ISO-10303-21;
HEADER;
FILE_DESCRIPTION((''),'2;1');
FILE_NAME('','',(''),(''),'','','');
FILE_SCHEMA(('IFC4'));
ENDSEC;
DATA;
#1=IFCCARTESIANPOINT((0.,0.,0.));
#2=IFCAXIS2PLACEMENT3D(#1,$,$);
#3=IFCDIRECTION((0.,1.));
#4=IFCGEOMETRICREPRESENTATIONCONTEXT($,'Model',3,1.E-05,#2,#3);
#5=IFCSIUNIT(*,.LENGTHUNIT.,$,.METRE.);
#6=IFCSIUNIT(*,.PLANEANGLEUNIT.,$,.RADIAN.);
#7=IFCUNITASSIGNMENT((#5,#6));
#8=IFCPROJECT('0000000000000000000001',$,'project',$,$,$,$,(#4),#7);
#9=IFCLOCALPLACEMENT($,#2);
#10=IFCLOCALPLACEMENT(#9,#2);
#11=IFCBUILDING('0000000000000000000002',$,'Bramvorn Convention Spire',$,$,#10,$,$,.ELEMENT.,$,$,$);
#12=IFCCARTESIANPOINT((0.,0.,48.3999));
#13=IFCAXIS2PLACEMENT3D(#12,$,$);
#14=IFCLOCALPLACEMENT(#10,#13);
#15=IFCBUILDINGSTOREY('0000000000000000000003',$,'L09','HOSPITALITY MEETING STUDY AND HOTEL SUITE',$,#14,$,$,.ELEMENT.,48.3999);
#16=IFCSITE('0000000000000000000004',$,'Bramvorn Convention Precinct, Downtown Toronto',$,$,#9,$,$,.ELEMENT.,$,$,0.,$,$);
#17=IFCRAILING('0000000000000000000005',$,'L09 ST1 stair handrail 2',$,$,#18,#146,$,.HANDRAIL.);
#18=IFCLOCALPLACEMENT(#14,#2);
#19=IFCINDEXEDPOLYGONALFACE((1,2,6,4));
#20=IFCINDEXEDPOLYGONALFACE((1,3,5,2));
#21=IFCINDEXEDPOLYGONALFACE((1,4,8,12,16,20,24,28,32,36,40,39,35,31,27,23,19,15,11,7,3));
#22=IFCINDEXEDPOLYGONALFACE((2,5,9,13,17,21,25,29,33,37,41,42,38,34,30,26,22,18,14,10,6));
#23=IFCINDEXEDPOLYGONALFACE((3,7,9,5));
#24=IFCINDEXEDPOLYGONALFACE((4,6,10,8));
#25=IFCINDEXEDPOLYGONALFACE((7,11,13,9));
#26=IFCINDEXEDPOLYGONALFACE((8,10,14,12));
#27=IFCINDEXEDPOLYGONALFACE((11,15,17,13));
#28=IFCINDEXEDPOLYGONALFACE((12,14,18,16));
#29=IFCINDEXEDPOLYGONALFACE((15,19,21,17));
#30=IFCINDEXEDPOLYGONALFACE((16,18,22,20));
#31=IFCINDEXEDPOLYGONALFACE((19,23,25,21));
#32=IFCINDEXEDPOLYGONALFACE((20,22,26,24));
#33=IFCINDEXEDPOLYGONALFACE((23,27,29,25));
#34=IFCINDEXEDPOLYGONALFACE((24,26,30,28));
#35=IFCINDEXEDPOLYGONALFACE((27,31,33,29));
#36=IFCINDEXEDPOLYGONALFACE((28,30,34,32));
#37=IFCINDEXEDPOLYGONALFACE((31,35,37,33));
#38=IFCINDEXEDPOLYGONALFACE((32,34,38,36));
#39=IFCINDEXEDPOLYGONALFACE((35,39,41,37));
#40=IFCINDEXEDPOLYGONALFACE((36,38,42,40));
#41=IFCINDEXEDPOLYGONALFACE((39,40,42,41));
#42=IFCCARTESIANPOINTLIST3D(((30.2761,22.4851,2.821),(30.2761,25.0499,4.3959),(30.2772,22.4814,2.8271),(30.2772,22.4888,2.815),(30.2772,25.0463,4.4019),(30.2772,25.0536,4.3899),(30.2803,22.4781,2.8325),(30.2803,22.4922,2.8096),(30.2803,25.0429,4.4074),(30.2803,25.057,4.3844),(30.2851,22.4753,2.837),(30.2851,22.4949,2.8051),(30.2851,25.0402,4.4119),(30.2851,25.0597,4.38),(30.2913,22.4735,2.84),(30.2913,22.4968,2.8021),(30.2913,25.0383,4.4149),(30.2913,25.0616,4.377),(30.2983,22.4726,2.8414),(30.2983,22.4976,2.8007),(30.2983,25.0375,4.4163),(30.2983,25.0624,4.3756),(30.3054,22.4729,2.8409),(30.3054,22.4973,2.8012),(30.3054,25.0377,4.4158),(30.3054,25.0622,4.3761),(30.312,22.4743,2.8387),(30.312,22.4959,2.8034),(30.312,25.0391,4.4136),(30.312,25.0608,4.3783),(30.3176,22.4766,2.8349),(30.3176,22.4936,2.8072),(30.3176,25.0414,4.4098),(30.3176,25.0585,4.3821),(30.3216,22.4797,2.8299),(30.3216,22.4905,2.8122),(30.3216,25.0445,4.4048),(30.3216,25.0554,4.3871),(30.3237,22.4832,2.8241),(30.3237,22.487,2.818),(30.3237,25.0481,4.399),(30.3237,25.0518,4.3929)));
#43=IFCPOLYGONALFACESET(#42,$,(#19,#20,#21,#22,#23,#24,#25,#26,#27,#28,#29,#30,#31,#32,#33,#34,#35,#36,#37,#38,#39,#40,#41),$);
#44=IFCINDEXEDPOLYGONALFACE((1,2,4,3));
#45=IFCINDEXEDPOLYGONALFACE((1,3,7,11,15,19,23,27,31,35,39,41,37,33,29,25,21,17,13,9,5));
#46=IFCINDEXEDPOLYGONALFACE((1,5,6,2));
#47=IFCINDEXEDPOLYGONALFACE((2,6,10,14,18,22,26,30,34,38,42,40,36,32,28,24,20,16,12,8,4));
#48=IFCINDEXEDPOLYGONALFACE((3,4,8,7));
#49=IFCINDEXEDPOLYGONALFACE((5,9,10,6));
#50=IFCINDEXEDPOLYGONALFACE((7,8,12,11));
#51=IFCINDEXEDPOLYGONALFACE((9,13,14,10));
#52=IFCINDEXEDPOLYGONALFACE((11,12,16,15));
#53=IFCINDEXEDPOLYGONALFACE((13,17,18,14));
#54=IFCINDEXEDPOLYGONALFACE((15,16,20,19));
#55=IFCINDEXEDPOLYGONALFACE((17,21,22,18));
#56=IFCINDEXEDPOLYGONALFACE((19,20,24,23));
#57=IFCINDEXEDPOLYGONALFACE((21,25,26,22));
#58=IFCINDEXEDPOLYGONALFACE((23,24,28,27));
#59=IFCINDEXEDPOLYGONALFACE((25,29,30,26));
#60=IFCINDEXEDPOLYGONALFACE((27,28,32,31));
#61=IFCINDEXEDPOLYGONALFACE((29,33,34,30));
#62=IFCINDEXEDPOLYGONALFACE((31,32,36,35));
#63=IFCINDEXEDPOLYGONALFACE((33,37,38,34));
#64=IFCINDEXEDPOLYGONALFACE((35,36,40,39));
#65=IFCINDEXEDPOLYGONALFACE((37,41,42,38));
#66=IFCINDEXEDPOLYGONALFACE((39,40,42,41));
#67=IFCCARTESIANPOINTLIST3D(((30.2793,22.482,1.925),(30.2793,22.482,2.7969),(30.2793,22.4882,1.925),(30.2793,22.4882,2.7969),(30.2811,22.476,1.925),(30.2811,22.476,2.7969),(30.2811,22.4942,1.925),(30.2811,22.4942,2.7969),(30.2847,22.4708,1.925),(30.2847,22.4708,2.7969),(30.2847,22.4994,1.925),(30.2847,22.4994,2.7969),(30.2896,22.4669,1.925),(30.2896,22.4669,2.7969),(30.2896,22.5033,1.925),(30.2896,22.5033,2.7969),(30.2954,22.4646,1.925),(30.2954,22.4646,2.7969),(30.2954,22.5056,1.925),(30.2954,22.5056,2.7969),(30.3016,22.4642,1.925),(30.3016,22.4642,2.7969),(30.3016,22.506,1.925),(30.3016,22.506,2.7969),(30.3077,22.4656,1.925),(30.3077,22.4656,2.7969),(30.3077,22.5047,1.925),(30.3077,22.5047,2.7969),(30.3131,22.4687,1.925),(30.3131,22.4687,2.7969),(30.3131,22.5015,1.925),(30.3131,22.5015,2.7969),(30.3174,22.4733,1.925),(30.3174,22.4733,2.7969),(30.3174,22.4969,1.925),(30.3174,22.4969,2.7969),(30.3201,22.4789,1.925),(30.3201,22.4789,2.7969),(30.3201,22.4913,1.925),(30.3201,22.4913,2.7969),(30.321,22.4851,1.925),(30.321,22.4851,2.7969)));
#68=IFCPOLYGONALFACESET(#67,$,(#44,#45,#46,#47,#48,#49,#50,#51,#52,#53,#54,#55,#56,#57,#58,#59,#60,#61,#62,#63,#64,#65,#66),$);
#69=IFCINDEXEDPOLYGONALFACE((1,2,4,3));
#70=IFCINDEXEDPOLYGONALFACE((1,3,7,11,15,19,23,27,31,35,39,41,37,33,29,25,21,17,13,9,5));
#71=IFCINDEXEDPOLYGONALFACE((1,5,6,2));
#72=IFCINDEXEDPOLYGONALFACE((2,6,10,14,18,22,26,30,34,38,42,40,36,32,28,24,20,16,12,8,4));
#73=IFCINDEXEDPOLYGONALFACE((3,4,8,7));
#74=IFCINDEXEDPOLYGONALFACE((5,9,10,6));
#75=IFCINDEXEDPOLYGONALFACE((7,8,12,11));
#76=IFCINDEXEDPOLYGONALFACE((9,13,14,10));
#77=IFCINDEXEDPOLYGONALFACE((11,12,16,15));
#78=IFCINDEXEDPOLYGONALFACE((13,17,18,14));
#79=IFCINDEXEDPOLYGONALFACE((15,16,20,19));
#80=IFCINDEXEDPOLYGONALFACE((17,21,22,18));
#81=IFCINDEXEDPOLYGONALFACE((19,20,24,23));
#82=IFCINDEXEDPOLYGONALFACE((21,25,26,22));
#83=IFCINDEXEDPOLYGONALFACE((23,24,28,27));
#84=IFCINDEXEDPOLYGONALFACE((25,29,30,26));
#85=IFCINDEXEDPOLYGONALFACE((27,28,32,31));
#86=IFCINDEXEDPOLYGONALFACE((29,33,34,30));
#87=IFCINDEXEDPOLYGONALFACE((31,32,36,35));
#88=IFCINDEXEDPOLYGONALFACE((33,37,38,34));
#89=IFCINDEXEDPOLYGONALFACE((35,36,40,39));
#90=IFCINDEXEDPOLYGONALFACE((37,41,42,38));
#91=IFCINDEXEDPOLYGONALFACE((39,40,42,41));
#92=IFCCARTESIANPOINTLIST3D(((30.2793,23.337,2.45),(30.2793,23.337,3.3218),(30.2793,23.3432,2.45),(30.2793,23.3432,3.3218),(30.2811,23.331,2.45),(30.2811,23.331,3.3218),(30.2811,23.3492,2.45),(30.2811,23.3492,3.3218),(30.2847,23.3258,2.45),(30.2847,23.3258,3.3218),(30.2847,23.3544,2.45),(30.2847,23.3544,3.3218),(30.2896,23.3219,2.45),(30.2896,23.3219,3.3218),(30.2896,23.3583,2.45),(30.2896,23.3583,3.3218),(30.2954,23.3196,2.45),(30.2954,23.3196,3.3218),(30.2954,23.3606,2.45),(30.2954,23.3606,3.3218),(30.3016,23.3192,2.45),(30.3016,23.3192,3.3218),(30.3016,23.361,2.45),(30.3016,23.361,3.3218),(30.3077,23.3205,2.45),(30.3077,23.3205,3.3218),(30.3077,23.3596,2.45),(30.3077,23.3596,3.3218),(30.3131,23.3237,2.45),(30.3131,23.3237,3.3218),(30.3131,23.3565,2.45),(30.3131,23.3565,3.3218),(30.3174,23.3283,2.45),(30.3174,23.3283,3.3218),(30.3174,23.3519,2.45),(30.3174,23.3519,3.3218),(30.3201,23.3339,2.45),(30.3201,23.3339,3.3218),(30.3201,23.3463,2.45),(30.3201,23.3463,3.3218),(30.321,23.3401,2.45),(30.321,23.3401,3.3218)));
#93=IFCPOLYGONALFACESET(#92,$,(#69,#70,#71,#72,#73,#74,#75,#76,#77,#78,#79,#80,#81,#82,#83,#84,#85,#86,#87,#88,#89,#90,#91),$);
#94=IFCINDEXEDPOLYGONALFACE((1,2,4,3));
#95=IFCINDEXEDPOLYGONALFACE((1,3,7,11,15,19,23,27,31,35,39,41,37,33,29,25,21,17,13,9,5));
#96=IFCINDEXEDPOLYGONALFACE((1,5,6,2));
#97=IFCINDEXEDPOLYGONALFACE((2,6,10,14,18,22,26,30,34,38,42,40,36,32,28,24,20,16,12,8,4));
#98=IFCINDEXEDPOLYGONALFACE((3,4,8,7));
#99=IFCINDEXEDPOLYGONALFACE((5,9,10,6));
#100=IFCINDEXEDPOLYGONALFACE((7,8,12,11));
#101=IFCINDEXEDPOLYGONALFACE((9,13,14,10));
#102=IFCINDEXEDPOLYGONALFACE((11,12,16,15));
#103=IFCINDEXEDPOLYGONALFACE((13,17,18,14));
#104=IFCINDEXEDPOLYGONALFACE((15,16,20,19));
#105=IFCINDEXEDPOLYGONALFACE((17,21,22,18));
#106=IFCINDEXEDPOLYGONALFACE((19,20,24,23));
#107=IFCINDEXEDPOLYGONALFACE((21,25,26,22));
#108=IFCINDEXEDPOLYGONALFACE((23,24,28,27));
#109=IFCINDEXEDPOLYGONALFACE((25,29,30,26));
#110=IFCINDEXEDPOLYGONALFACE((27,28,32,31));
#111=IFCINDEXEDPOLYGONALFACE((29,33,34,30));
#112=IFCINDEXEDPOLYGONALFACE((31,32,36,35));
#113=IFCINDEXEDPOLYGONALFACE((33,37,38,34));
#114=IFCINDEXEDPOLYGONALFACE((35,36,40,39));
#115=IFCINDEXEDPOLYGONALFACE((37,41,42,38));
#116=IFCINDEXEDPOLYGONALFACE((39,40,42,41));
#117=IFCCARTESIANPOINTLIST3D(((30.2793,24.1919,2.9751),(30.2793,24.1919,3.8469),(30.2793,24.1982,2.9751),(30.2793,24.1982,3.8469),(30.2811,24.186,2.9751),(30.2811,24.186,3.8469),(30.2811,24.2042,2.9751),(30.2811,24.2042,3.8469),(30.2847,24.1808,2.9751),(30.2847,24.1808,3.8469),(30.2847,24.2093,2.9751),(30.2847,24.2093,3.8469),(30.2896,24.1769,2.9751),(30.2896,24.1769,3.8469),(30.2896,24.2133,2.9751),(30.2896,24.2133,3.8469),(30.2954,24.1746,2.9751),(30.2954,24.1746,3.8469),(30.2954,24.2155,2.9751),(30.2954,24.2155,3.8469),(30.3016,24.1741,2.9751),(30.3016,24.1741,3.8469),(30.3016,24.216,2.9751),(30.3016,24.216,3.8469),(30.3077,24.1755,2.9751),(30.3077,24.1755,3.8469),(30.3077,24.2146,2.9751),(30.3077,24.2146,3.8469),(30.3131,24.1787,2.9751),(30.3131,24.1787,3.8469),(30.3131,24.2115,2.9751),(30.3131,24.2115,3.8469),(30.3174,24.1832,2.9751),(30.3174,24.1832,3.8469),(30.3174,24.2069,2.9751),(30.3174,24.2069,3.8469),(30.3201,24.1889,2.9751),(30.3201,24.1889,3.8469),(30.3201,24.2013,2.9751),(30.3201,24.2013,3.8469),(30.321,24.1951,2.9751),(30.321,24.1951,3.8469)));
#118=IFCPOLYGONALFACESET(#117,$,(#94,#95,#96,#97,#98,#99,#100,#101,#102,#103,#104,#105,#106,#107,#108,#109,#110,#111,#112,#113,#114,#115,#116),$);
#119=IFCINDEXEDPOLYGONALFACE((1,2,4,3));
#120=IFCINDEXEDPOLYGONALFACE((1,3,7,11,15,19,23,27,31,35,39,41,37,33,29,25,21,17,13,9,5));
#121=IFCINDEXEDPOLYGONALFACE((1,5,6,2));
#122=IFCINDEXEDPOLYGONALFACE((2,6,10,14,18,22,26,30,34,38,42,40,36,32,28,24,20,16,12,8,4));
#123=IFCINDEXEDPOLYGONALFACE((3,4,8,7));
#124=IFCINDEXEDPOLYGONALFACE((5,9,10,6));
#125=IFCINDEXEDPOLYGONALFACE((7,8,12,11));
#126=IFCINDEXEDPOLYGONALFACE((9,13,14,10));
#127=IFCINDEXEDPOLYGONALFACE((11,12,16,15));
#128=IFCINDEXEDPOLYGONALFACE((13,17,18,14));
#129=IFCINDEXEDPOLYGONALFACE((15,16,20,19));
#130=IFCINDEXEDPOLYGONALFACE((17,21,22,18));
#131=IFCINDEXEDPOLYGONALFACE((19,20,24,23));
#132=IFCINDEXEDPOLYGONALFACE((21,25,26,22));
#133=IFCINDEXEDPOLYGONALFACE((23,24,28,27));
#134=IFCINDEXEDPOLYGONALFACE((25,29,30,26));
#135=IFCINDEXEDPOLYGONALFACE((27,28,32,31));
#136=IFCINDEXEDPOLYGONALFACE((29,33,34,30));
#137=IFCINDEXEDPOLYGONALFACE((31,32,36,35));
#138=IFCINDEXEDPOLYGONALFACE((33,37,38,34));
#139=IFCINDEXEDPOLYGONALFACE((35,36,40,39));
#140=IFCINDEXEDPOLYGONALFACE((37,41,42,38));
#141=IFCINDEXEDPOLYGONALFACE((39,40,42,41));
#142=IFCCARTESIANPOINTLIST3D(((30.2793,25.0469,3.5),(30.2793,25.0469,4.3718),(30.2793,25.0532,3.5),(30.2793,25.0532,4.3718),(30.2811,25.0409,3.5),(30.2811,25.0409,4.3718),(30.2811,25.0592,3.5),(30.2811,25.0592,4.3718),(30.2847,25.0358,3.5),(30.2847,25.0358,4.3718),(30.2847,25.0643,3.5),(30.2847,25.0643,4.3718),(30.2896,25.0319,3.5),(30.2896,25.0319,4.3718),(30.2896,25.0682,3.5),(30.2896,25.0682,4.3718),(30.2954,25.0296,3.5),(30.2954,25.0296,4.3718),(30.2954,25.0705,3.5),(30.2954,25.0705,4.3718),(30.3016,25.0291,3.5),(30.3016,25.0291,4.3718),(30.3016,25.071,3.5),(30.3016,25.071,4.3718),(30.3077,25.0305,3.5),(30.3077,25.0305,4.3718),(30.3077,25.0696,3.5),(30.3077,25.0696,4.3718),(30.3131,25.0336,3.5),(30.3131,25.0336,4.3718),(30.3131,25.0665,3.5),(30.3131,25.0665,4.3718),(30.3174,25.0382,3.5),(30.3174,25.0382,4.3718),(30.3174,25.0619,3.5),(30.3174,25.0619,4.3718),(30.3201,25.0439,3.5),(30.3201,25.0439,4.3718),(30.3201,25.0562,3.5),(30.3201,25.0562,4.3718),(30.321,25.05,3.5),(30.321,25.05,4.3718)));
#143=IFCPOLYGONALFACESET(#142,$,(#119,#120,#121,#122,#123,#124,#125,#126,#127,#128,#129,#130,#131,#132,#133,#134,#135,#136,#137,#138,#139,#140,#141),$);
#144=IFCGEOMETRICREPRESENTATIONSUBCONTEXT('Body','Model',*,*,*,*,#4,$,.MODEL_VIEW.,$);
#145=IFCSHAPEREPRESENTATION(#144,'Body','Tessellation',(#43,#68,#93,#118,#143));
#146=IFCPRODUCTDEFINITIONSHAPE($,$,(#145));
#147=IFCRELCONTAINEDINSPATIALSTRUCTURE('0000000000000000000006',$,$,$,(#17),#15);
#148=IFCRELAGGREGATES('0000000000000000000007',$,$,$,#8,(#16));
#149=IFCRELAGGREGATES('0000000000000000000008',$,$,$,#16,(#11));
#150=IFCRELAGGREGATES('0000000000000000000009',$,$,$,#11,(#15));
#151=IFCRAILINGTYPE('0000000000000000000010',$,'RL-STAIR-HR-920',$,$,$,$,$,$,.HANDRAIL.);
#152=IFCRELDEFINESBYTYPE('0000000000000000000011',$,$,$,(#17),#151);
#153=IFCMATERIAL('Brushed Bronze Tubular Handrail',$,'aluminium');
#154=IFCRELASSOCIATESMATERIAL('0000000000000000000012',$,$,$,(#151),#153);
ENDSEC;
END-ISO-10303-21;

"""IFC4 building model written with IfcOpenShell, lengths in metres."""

from ifc_helpers import new_model, si_unit, direction, frame, origin, origin_2d, place, context, subcontext, project, spatial, circle, extrude, material, type_object, element, save


model = new_model("IFC4")

# Units and contexts
model_context = context("Model", 3, precision=1e-05, world=origin(), true_north=direction((0.0, 1.0)))
body_context = subcontext(model_context, "Body", "Model", "MODEL_VIEW")
ifc_project = project(units=[si_unit("LENGTHUNIT", "METRE"), si_unit("PLANEANGLEUNIT", "RADIAN")], contexts=[model_context])

# Site, building, storey
site_placement = place(None, origin())
site = spatial("IfcSite", under=ifc_project, at=site_placement, Name="Bramvorn Convention Precinct, Downtown Toronto", CompositionType="ELEMENT", RefElevation=0.0)
building_placement = place(site_placement, origin())
building = spatial("IfcBuilding", under=site, at=building_placement, Name="Bramvorn Convention Spire", CompositionType="ELEMENT")
storey_placement = place(building_placement, frame((0.0, 0.0, 48.3999)))
storey = spatial("IfcBuildingStorey", under=building, at=storey_placement, Name="L09", Description="HOSPITALITY MEETING STUDY AND HOTEL SUITE", CompositionType="ELEMENT", Elevation=48.3999)

# Railing
ifc_material_1 = material(Name="Brushed Bronze Tubular Handrail", Category="aluminium")
railing_type_1 = type_object("IfcRailingType", Name="RL-STAIR-HR-920", PredefinedType="HANDRAIL", material=ifc_material_1)
railing_1_placement = place(storey_placement, frame((30.3, 22.4851, 1.925)))
element("IfcRailing", 1, at=railing_1_placement, inside=storey, type_object=railing_type_1, Name="L09 ST1 stair handrail 2", PredefinedType="HANDRAIL", context=body_context, shape_type="SweptSolid", body=[
    extrude(circle(Radius=0.0239, at=origin_2d()), frame((0.0, 0.0, 0.896), z_axis=(0.0, 0.852173, 0.52326), x_axis=(-1.0, 0.0, 0.0)), (0.0, 0.0, 1.0), 3.0098),
    extrude(circle(Radius=0.021, at=origin_2d()), origin(), (0.0, 0.0, 1.0), 0.8718),
    extrude(circle(Radius=0.021, at=origin_2d()), frame((0.0, 0.855, 0.5249)), (0.0, 0.0, 1.0), 0.8718),
    extrude(circle(Radius=0.021, at=origin_2d()), frame((0.0, 1.71, 1.05)), (0.0, 0.0, 1.0), 0.8718),
    extrude(circle(Radius=0.021, at=origin_2d()), frame((0.0, 2.5649, 1.575)), (0.0, 0.0, 1.0), 0.8718),
])

save(model, "model.ifc")
